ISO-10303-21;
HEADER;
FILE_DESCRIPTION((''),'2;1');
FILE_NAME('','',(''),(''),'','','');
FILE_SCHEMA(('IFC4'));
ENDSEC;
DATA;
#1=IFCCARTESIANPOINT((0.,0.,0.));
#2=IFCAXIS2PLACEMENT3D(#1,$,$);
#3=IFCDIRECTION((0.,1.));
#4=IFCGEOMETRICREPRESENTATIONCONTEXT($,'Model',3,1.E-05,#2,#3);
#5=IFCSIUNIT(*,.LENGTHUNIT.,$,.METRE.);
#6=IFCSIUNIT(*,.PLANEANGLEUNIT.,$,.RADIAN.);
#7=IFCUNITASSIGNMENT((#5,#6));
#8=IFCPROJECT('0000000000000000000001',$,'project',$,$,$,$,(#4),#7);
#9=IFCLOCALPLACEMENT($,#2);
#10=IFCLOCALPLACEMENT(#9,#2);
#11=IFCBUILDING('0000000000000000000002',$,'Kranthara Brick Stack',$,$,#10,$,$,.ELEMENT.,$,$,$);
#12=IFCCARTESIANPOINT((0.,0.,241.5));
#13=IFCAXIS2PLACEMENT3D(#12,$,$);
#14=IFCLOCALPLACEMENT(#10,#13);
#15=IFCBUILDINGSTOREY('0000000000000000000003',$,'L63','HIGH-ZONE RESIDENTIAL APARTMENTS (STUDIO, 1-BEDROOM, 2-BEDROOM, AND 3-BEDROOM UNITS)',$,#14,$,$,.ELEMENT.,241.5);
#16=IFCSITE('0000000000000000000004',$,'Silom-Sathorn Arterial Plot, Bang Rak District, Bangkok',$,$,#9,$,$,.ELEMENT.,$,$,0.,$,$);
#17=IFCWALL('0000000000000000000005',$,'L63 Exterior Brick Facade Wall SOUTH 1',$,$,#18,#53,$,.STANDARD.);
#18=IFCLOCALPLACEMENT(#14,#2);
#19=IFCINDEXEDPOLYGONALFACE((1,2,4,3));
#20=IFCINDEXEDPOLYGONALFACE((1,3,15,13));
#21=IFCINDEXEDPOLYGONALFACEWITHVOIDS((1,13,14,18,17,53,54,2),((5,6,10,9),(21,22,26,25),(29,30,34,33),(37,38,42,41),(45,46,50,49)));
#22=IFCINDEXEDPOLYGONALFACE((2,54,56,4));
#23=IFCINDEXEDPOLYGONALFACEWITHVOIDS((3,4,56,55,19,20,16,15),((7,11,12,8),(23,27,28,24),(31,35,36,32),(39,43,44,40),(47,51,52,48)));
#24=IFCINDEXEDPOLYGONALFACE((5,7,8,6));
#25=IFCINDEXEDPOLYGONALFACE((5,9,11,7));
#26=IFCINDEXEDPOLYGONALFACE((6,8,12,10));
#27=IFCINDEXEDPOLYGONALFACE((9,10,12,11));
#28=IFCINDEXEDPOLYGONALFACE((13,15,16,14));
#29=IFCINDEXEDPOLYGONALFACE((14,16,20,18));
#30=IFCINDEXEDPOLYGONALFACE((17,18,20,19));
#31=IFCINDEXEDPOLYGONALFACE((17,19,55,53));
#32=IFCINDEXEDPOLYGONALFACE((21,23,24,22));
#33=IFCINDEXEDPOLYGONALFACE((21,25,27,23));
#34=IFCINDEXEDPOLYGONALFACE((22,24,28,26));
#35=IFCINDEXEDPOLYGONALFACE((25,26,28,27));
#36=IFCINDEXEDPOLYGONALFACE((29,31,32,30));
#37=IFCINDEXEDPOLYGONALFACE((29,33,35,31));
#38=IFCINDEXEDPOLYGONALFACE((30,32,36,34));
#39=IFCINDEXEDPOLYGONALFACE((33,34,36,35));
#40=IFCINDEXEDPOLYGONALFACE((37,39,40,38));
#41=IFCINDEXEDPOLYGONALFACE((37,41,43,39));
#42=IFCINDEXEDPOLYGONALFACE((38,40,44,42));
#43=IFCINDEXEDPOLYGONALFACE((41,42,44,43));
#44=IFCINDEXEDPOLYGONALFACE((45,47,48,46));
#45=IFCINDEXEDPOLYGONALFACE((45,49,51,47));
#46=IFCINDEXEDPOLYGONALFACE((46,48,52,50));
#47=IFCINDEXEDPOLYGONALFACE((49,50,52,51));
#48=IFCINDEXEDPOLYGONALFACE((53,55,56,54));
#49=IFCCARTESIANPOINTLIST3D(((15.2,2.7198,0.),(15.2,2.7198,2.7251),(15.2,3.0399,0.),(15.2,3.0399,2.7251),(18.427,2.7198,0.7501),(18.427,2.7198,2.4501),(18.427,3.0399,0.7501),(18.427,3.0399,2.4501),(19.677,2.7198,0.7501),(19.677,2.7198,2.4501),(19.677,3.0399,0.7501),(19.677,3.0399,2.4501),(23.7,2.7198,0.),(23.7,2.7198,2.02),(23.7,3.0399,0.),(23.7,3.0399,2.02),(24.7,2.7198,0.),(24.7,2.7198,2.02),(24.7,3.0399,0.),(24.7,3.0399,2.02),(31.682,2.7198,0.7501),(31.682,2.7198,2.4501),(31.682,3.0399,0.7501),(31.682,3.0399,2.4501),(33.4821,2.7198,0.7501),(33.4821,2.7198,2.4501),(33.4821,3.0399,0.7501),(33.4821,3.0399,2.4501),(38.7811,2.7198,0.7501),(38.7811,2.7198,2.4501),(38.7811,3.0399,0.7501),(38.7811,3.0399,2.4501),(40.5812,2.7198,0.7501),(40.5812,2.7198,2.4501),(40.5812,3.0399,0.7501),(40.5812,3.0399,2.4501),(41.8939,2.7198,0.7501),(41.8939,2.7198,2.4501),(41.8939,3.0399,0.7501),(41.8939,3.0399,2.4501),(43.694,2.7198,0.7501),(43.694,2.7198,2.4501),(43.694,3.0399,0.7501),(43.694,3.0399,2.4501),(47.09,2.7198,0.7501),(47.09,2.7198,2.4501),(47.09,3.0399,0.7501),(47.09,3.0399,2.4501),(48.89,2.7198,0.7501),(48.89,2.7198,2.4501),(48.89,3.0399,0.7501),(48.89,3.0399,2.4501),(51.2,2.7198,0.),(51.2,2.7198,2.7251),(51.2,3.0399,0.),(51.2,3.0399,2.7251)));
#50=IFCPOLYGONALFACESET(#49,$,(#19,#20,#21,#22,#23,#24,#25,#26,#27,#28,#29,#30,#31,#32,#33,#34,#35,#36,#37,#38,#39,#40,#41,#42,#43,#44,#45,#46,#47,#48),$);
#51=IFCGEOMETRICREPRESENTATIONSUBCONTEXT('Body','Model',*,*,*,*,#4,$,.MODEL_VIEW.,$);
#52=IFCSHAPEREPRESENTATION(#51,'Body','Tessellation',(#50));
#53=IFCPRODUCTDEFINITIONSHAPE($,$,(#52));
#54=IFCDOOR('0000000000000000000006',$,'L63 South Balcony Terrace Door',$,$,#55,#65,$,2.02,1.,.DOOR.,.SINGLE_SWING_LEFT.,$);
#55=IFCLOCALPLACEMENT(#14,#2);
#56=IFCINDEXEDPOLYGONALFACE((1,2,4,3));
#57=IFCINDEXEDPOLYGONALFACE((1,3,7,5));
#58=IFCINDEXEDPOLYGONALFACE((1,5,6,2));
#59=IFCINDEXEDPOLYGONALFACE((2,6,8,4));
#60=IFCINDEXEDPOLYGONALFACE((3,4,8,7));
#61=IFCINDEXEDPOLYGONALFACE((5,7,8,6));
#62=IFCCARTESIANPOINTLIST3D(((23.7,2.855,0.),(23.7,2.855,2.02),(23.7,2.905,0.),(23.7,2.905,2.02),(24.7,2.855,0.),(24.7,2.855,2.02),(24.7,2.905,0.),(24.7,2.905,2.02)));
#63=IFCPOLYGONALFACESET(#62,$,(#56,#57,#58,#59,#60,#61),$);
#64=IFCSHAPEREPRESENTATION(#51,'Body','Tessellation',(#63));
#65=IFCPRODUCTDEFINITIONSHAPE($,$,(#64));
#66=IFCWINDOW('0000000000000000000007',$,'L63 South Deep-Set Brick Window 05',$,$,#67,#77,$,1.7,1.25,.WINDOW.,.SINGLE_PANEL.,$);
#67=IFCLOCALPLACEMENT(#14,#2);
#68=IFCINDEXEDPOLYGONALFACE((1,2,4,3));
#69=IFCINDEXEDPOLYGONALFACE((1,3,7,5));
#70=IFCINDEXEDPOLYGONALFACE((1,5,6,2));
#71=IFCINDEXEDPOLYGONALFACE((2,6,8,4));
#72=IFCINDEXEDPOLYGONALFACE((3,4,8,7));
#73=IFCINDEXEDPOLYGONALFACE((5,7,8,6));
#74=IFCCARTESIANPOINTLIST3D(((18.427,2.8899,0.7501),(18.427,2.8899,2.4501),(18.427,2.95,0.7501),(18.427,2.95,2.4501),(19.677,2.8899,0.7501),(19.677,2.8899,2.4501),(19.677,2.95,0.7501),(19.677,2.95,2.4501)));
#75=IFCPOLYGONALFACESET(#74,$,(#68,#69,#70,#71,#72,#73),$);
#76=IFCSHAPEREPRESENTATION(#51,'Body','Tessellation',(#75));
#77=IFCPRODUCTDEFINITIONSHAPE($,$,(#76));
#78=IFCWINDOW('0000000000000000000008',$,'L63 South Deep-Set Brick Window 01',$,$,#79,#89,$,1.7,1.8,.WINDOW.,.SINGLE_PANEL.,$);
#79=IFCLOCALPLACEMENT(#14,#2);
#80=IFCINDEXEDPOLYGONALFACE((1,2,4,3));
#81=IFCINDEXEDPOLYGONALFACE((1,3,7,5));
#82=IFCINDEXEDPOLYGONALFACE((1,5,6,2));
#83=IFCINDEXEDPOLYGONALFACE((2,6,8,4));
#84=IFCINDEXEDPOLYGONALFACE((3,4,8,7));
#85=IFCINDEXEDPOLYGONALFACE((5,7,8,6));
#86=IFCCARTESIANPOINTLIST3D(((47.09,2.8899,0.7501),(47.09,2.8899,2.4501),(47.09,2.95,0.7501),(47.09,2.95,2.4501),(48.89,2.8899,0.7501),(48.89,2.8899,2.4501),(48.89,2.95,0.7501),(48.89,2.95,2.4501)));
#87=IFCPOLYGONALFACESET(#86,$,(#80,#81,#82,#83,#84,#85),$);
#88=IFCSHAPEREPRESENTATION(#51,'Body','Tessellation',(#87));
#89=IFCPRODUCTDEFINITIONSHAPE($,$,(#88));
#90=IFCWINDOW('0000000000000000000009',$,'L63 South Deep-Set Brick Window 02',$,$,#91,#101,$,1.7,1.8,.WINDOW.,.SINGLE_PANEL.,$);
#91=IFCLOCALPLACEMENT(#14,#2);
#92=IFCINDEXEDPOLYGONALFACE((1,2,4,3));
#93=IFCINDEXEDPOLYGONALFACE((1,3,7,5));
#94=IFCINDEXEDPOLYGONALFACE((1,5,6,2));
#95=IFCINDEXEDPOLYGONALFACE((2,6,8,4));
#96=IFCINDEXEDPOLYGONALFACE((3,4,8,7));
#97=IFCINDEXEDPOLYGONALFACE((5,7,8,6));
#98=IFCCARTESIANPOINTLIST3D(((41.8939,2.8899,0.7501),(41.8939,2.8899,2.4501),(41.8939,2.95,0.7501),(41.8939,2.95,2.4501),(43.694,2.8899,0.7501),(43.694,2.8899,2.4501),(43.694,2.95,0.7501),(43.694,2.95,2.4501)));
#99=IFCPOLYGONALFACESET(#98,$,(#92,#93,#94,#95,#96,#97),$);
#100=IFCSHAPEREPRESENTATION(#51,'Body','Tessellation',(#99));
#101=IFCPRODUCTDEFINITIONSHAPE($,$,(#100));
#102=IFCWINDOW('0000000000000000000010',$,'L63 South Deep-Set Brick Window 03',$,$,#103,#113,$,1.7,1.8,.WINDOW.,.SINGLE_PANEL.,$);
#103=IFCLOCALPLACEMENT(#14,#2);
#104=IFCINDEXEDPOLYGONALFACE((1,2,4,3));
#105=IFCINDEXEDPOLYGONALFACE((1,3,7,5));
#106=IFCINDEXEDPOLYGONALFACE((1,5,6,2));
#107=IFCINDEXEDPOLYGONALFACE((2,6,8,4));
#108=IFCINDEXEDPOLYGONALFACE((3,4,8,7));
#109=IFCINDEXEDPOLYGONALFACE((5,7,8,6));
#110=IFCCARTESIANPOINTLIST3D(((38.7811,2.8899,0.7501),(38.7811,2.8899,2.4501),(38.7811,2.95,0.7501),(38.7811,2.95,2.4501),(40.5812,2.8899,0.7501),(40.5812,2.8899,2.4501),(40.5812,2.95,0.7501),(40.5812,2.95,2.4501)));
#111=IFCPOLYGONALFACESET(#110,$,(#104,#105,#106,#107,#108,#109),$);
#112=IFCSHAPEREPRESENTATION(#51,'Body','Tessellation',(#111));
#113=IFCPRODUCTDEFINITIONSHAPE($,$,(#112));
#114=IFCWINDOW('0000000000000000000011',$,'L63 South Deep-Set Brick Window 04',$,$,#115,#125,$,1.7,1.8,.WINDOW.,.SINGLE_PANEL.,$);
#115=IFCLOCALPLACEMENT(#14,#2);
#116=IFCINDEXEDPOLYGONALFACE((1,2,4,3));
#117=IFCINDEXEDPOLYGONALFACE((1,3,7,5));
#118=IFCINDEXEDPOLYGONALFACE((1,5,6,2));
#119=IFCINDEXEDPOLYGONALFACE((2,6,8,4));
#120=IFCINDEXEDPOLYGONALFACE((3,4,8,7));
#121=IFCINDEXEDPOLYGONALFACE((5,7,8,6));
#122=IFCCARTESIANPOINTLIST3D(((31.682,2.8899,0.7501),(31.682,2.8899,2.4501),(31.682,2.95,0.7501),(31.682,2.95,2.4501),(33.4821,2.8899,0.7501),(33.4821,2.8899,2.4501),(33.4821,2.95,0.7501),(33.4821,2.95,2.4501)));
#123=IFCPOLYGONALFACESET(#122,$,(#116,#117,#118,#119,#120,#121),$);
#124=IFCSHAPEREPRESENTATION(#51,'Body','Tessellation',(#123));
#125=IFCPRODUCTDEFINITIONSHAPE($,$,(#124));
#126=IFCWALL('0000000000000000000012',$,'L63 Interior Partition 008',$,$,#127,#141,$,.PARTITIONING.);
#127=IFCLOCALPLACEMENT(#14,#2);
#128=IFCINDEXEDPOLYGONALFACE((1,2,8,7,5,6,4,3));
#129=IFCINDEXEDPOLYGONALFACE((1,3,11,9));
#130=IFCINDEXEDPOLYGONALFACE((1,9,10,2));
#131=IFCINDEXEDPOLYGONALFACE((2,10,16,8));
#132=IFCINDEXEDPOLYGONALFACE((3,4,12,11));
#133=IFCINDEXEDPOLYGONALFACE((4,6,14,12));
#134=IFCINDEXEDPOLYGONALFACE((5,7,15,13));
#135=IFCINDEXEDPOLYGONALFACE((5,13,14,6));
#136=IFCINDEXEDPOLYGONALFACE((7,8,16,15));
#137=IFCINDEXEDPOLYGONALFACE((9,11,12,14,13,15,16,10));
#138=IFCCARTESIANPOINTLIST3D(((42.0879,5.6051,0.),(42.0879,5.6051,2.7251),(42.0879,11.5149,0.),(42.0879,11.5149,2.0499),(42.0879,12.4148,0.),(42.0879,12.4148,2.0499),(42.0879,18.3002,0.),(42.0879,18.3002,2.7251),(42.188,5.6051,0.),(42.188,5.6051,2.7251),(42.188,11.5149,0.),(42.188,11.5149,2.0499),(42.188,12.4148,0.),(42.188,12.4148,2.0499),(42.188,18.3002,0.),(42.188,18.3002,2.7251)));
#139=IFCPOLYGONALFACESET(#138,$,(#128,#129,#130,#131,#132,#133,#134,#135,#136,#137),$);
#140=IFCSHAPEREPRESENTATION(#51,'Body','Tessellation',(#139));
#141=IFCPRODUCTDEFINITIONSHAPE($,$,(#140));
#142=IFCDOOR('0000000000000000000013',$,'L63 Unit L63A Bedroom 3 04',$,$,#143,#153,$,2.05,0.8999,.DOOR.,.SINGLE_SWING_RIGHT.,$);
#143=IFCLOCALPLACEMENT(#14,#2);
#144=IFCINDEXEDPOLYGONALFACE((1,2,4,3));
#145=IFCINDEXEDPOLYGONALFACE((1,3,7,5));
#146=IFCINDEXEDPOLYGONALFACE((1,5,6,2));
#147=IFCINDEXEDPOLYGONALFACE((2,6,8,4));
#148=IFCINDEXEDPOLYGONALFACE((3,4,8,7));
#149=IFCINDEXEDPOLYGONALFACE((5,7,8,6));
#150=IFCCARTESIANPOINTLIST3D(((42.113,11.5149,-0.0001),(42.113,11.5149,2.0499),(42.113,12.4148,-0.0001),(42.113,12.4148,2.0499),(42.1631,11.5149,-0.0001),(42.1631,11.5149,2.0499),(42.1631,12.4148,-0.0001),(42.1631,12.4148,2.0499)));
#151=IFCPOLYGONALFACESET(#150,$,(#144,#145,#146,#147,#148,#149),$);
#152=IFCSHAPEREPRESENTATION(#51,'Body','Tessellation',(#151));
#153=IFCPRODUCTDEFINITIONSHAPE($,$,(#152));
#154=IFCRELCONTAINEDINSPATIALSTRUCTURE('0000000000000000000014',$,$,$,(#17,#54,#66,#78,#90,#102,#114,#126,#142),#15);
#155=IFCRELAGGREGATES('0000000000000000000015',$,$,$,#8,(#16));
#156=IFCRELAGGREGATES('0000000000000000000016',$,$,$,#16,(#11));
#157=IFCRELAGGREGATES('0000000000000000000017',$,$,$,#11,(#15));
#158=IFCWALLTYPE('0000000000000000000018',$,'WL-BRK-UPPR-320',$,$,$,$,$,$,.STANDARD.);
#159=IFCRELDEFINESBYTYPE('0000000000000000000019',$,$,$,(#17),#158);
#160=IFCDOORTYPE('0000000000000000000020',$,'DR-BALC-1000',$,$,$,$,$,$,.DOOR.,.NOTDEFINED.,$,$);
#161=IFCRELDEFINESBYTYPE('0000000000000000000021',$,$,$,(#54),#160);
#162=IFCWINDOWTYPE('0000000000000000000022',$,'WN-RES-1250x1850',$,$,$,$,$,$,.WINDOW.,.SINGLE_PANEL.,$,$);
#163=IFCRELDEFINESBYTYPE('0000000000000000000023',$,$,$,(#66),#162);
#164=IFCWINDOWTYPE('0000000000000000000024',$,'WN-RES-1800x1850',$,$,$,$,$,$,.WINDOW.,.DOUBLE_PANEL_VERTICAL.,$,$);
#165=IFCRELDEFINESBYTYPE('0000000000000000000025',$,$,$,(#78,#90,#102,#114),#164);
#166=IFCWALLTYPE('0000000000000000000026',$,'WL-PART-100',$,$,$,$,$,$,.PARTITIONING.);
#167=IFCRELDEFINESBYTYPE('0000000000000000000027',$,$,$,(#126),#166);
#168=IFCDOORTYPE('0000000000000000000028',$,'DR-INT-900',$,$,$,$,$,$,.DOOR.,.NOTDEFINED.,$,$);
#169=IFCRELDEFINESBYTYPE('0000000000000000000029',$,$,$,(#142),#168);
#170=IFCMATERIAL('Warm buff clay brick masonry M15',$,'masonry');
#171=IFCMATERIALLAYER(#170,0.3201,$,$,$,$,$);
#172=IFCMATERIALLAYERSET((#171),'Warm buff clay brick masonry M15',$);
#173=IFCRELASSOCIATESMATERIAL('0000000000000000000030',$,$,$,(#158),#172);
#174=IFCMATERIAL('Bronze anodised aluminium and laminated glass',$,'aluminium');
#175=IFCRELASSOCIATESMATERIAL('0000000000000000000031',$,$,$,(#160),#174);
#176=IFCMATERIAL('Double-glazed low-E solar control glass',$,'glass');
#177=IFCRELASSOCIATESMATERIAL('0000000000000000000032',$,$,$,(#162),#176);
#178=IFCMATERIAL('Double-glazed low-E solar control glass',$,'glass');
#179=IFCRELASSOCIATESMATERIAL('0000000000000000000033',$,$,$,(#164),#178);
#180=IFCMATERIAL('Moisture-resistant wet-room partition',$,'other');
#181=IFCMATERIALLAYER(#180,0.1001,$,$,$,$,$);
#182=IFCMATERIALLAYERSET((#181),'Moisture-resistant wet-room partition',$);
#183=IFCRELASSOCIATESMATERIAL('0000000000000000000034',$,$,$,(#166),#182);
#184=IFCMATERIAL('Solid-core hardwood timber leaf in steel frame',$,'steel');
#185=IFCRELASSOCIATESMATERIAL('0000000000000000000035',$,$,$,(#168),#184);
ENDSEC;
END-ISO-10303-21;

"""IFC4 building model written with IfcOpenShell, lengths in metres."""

from ifc_helpers import new_model, si_unit, direction, frame, frame_2d, origin, place, context, subcontext, project, spatial, rectangle, extrude, material, layer, layer_set, type_object, element, fill, save


model = new_model("IFC4")

# Units and contexts
model_context = context("Model", 3, precision=1e-05, world=origin(), true_north=direction((0.0, 1.0)))
body_context = subcontext(model_context, "Body", "Model", "MODEL_VIEW")
ifc_project = project(units=[si_unit("LENGTHUNIT", "METRE"), si_unit("PLANEANGLEUNIT", "RADIAN")], contexts=[model_context])

# Site, building, storey
site_placement = place(None, origin())
site = spatial("IfcSite", under=ifc_project, at=site_placement, Name="Silom-Sathorn Arterial Plot, Bang Rak District, Bangkok", CompositionType="ELEMENT", RefElevation=0.0)
building_placement = place(site_placement, origin())
building = spatial("IfcBuilding", under=site, at=building_placement, Name="Kranthara Brick Stack", CompositionType="ELEMENT")
storey_placement = place(building_placement, frame((0.0, 0.0, 241.5)))
storey = spatial("IfcBuildingStorey", under=building, at=storey_placement, Name="L63", Description="HIGH-ZONE RESIDENTIAL APARTMENTS (STUDIO, 1-BEDROOM, 2-BEDROOM, AND 3-BEDROOM UNITS)", CompositionType="ELEMENT", Elevation=241.5)

# Wall, openings, door, windows
ifc_material_1 = material(Name="Warm buff clay brick masonry M15", Category="masonry")
ifc_layer_1 = layer(ifc_material_1, 0.3201)
ifc_layer_set_1 = layer_set([ifc_layer_1], Name="Warm buff clay brick masonry M15")
wall_type_1 = type_object("IfcWallType", Name="WL-BRK-UPPR-320", PredefinedType="STANDARD", material=ifc_layer_set_1)
wall_1_placement = place(storey_placement, frame((51.2, 2.8799, 0.0), z_axis=(0.0, 0.0, 1.0), x_axis=(-1.0, 0.0, 0.0)))
wall_1 = element("IfcWall", 1, at=wall_1_placement, inside=storey, type_object=wall_type_1, Name="L63 Exterior Brick Facade Wall SOUTH 1", PredefinedType="STANDARD", context=body_context, shape_type="SweptSolid", body=[
    extrude(rectangle(XDim=36.0, YDim=0.3201, at=frame_2d((18.0, 0.0))), origin(), (0.0, 0.0, 1.0), 2.7251),
])
opening_1_placement = place(wall_1_placement, frame((26.5, 0.0, 0.0)))
opening_1 = element("IfcOpeningElement", 2, at=opening_1_placement, cuts=wall_1, PredefinedType="OPENING", context=body_context, shape_type="SweptSolid", body=[
    extrude(rectangle(XDim=1.0, YDim=2.02, at=frame_2d((0.5, 1.01))), frame((0.0, 0.1699, 0.0), z_axis=(0.0, -1.0, 0.0), x_axis=(1.0, 0.0, 0.0)), (0.0, 0.0, 1.0), 0.3401),
])
opening_2_placement = place(wall_1_placement, frame((2.3101, 0.0, 0.75)))
opening_2 = element("IfcOpeningElement", 3, at=opening_2_placement, cuts=wall_1, PredefinedType="OPENING", context=body_context, shape_type="SweptSolid", body=[
    extrude(rectangle(XDim=1.8, YDim=1.7, at=frame_2d((0.8999, 0.8501))), frame((0.0, 0.1699, 0.0), z_axis=(0.0, -1.0, 0.0), x_axis=(1.0, 0.0, 0.0)), (0.0, 0.0, 1.0), 0.3401),
])
opening_3_placement = place(wall_1_placement, frame((7.5061, 0.0, 0.75)))
opening_3 = element("IfcOpeningElement", 4, at=opening_3_placement, cuts=wall_1, PredefinedType="OPENING", context=body_context, shape_type="SweptSolid", body=[
    extrude(rectangle(XDim=1.8, YDim=1.7, at=frame_2d((0.8999, 0.8501))), frame((0.0, 0.1699, 0.0), z_axis=(0.0, -1.0, 0.0), x_axis=(1.0, 0.0, 0.0)), (0.0, 0.0, 1.0), 0.3401),
])
opening_4_placement = place(wall_1_placement, frame((10.6189, 0.0, 0.75)))
opening_4 = element("IfcOpeningElement", 5, at=opening_4_placement, cuts=wall_1, PredefinedType="OPENING", context=body_context, shape_type="SweptSolid", body=[
    extrude(rectangle(XDim=1.8, YDim=1.7, at=frame_2d((0.8999, 0.8501))), frame((0.0, 0.1699, 0.0), z_axis=(0.0, -1.0, 0.0), x_axis=(1.0, 0.0, 0.0)), (0.0, 0.0, 1.0), 0.3401),
])
opening_5_placement = place(wall_1_placement, frame((17.718, 0.0, 0.75)))
opening_5 = element("IfcOpeningElement", 6, at=opening_5_placement, cuts=wall_1, PredefinedType="OPENING", context=body_context, shape_type="SweptSolid", body=[
    extrude(rectangle(XDim=1.8, YDim=1.7, at=frame_2d((0.8999, 0.8501))), frame((0.0, 0.1699, 0.0), z_axis=(0.0, -1.0, 0.0), x_axis=(1.0, 0.0, 0.0)), (0.0, 0.0, 1.0), 0.3401),
])
opening_6_placement = place(wall_1_placement, frame((31.5229, 0.0, 0.75)))
opening_6 = element("IfcOpeningElement", 7, at=opening_6_placement, cuts=wall_1, PredefinedType="OPENING", context=body_context, shape_type="SweptSolid", body=[
    extrude(rectangle(XDim=1.25, YDim=1.7, at=frame_2d((0.625, 0.8501))), frame((0.0, 0.1699, 0.0), z_axis=(0.0, -1.0, 0.0), x_axis=(1.0, 0.0, 0.0)), (0.0, 0.0, 1.0), 0.3401),
])
ifc_material_2 = material(Name="Bronze anodised aluminium and laminated glass", Category="aluminium")
door_type_1 = type_object("IfcDoorType", Name="DR-BALC-1000", OperationType="NOTDEFINED", PredefinedType="DOOR", material=ifc_material_2)
door_1_placement = place(opening_1_placement, origin())
door_1 = element("IfcDoor", 8, at=door_1_placement, inside=storey, type_object=door_type_1, Name="L63 South Balcony Terrace Door", OperationType="SINGLE_SWING_LEFT", OverallHeight=2.02, OverallWidth=1.0, PredefinedType="DOOR", context=body_context, shape_type="SweptSolid", body=[
    extrude(rectangle(XDim=1.0, YDim=2.02, at=frame_2d((0.5, 1.01))), frame((0.0, 0.0249, 0.0), z_axis=(0.0, -1.0, 0.0), x_axis=(1.0, 0.0, 0.0)), (0.0, 0.0, 1.0), 0.05),
])
fill(opening_1, door_1)
ifc_material_3 = material(Name="Double-glazed low-E solar control glass", Category="glass")
window_type_1 = type_object("IfcWindowType", Name="WN-RES-1250x1850", PartitioningType="SINGLE_PANEL", PredefinedType="WINDOW", material=ifc_material_3)
window_1_placement = place(opening_6_placement, origin())
window_1 = element("IfcWindow", 9, at=window_1_placement, inside=storey, type_object=window_type_1, Name="L63 South Deep-Set Brick Window 05", OverallHeight=1.7, OverallWidth=1.25, PartitioningType="SINGLE_PANEL", PredefinedType="WINDOW", context=body_context, shape_type="SweptSolid", body=[
    extrude(rectangle(XDim=1.25, YDim=1.7, at=frame_2d((0.625, 0.8501))), frame((0.0, -0.01, 0.0), z_axis=(0.0, -1.0, 0.0), x_axis=(1.0, 0.0, 0.0)), (0.0, 0.0, 1.0), 0.0601),
])
fill(opening_6, window_1)
ifc_material_4 = material(Name="Double-glazed low-E solar control glass", Category="glass")
window_type_2 = type_object("IfcWindowType", Name="WN-RES-1800x1850", PartitioningType="DOUBLE_PANEL_VERTICAL", PredefinedType="WINDOW", material=ifc_material_4)
window_2_placement = place(opening_2_placement, origin())
window_2 = element("IfcWindow", 10, at=window_2_placement, inside=storey, type_object=window_type_2, Name="L63 South Deep-Set Brick Window 01", OverallHeight=1.7, OverallWidth=1.8, PartitioningType="SINGLE_PANEL", PredefinedType="WINDOW", context=body_context, shape_type="SweptSolid", body=[
    extrude(rectangle(XDim=1.8, YDim=1.7, at=frame_2d((0.8999, 0.8501))), frame((0.0, -0.01, 0.0), z_axis=(0.0, -1.0, 0.0), x_axis=(1.0, 0.0, 0.0)), (0.0, 0.0, 1.0), 0.0601),
])
fill(opening_2, window_2)
window_3_placement = place(opening_3_placement, origin())
window_3 = element("IfcWindow", 11, at=window_3_placement, inside=storey, type_object=window_type_2, Name="L63 South Deep-Set Brick Window 02", OverallHeight=1.7, OverallWidth=1.8, PartitioningType="SINGLE_PANEL", PredefinedType="WINDOW", context=body_context, shape_type="SweptSolid", body=[
    extrude(rectangle(XDim=1.8, YDim=1.7, at=frame_2d((0.8999, 0.8501))), frame((0.0, -0.01, 0.0), z_axis=(0.0, -1.0, 0.0), x_axis=(1.0, 0.0, 0.0)), (0.0, 0.0, 1.0), 0.0601),
])
fill(opening_3, window_3)
window_4_placement = place(opening_4_placement, origin())
window_4 = element("IfcWindow", 12, at=window_4_placement, inside=storey, type_object=window_type_2, Name="L63 South Deep-Set Brick Window 03", OverallHeight=1.7, OverallWidth=1.8, PartitioningType="SINGLE_PANEL", PredefinedType="WINDOW", context=body_context, shape_type="SweptSolid", body=[
    extrude(rectangle(XDim=1.8, YDim=1.7, at=frame_2d((0.8999, 0.8501))), frame((0.0, -0.01, 0.0), z_axis=(0.0, -1.0, 0.0), x_axis=(1.0, 0.0, 0.0)), (0.0, 0.0, 1.0), 0.0601),
])
fill(opening_4, window_4)
window_5_placement = place(opening_5_placement, origin())
window_5 = element("IfcWindow", 13, at=window_5_placement, inside=storey, type_object=window_type_2, Name="L63 South Deep-Set Brick Window 04", OverallHeight=1.7, OverallWidth=1.8, PartitioningType="SINGLE_PANEL", PredefinedType="WINDOW", context=body_context, shape_type="SweptSolid", body=[
    extrude(rectangle(XDim=1.8, YDim=1.7, at=frame_2d((0.8999, 0.8501))), frame((0.0, -0.01, 0.0), z_axis=(0.0, -1.0, 0.0), x_axis=(1.0, 0.0, 0.0)), (0.0, 0.0, 1.0), 0.0601),
])
fill(opening_5, window_5)

# Wall, opening, door
ifc_material_5 = material(Name="Moisture-resistant wet-room partition", Category="other")
ifc_layer_2 = layer(ifc_material_5, 0.1001)
ifc_layer_set_2 = layer_set([ifc_layer_2], Name="Moisture-resistant wet-room partition")
wall_type_2 = type_object("IfcWallType", Name="WL-PART-100", PredefinedType="PARTITIONING", material=ifc_layer_set_2)
wall_2_placement = place(storey_placement, frame((42.1379, 5.605, 0.0), z_axis=(0.0, 0.0, 1.0), x_axis=(0.0, 1.0, 0.0)))
wall_2 = element("IfcWall", 14, at=wall_2_placement, inside=storey, type_object=wall_type_2, Name="L63 Interior Partition 008", PredefinedType="PARTITIONING", context=body_context, shape_type="SweptSolid", body=[
    extrude(rectangle(XDim=12.6951, YDim=0.1001, at=frame_2d((6.3477, 0.0))), origin(), (0.0, 0.0, 1.0), 2.7251),
])
opening_7_placement = place(wall_2_placement, frame((5.9099, 0.0, 0.0)))
opening_7 = element("IfcOpeningElement", 15, at=opening_7_placement, cuts=wall_2, PredefinedType="OPENING", context=body_context, shape_type="SweptSolid", body=[
    extrude(rectangle(XDim=0.8999, YDim=2.05, at=frame_2d((0.45, 1.0249))), frame((0.0, 0.0601, 0.0), z_axis=(0.0, -1.0, 0.0), x_axis=(1.0, 0.0, 0.0)), (0.0, 0.0, 1.0), 0.1201),
])
ifc_material_6 = material(Name="Solid-core hardwood timber leaf in steel frame", Category="steel")
door_type_2 = type_object("IfcDoorType", Name="DR-INT-900", OperationType="NOTDEFINED", PredefinedType="DOOR", material=ifc_material_6)
door_2_placement = place(opening_7_placement, origin())
door_2 = element("IfcDoor", 16, at=door_2_placement, inside=storey, type_object=door_type_2, Name="L63 Unit L63A Bedroom 3 04", OperationType="SINGLE_SWING_RIGHT", OverallHeight=2.05, OverallWidth=0.8999, PredefinedType="DOOR", context=body_context, shape_type="SweptSolid", body=[
    extrude(rectangle(XDim=0.8999, YDim=2.05, at=frame_2d((0.45, 1.0249))), frame((0.0, 0.0249, 0.0), z_axis=(0.0, -1.0, 0.0), x_axis=(1.0, 0.0, 0.0)), (0.0, 0.0, 1.0), 0.05),
])
fill(opening_7, door_2)

save(model, "model.ifc")
